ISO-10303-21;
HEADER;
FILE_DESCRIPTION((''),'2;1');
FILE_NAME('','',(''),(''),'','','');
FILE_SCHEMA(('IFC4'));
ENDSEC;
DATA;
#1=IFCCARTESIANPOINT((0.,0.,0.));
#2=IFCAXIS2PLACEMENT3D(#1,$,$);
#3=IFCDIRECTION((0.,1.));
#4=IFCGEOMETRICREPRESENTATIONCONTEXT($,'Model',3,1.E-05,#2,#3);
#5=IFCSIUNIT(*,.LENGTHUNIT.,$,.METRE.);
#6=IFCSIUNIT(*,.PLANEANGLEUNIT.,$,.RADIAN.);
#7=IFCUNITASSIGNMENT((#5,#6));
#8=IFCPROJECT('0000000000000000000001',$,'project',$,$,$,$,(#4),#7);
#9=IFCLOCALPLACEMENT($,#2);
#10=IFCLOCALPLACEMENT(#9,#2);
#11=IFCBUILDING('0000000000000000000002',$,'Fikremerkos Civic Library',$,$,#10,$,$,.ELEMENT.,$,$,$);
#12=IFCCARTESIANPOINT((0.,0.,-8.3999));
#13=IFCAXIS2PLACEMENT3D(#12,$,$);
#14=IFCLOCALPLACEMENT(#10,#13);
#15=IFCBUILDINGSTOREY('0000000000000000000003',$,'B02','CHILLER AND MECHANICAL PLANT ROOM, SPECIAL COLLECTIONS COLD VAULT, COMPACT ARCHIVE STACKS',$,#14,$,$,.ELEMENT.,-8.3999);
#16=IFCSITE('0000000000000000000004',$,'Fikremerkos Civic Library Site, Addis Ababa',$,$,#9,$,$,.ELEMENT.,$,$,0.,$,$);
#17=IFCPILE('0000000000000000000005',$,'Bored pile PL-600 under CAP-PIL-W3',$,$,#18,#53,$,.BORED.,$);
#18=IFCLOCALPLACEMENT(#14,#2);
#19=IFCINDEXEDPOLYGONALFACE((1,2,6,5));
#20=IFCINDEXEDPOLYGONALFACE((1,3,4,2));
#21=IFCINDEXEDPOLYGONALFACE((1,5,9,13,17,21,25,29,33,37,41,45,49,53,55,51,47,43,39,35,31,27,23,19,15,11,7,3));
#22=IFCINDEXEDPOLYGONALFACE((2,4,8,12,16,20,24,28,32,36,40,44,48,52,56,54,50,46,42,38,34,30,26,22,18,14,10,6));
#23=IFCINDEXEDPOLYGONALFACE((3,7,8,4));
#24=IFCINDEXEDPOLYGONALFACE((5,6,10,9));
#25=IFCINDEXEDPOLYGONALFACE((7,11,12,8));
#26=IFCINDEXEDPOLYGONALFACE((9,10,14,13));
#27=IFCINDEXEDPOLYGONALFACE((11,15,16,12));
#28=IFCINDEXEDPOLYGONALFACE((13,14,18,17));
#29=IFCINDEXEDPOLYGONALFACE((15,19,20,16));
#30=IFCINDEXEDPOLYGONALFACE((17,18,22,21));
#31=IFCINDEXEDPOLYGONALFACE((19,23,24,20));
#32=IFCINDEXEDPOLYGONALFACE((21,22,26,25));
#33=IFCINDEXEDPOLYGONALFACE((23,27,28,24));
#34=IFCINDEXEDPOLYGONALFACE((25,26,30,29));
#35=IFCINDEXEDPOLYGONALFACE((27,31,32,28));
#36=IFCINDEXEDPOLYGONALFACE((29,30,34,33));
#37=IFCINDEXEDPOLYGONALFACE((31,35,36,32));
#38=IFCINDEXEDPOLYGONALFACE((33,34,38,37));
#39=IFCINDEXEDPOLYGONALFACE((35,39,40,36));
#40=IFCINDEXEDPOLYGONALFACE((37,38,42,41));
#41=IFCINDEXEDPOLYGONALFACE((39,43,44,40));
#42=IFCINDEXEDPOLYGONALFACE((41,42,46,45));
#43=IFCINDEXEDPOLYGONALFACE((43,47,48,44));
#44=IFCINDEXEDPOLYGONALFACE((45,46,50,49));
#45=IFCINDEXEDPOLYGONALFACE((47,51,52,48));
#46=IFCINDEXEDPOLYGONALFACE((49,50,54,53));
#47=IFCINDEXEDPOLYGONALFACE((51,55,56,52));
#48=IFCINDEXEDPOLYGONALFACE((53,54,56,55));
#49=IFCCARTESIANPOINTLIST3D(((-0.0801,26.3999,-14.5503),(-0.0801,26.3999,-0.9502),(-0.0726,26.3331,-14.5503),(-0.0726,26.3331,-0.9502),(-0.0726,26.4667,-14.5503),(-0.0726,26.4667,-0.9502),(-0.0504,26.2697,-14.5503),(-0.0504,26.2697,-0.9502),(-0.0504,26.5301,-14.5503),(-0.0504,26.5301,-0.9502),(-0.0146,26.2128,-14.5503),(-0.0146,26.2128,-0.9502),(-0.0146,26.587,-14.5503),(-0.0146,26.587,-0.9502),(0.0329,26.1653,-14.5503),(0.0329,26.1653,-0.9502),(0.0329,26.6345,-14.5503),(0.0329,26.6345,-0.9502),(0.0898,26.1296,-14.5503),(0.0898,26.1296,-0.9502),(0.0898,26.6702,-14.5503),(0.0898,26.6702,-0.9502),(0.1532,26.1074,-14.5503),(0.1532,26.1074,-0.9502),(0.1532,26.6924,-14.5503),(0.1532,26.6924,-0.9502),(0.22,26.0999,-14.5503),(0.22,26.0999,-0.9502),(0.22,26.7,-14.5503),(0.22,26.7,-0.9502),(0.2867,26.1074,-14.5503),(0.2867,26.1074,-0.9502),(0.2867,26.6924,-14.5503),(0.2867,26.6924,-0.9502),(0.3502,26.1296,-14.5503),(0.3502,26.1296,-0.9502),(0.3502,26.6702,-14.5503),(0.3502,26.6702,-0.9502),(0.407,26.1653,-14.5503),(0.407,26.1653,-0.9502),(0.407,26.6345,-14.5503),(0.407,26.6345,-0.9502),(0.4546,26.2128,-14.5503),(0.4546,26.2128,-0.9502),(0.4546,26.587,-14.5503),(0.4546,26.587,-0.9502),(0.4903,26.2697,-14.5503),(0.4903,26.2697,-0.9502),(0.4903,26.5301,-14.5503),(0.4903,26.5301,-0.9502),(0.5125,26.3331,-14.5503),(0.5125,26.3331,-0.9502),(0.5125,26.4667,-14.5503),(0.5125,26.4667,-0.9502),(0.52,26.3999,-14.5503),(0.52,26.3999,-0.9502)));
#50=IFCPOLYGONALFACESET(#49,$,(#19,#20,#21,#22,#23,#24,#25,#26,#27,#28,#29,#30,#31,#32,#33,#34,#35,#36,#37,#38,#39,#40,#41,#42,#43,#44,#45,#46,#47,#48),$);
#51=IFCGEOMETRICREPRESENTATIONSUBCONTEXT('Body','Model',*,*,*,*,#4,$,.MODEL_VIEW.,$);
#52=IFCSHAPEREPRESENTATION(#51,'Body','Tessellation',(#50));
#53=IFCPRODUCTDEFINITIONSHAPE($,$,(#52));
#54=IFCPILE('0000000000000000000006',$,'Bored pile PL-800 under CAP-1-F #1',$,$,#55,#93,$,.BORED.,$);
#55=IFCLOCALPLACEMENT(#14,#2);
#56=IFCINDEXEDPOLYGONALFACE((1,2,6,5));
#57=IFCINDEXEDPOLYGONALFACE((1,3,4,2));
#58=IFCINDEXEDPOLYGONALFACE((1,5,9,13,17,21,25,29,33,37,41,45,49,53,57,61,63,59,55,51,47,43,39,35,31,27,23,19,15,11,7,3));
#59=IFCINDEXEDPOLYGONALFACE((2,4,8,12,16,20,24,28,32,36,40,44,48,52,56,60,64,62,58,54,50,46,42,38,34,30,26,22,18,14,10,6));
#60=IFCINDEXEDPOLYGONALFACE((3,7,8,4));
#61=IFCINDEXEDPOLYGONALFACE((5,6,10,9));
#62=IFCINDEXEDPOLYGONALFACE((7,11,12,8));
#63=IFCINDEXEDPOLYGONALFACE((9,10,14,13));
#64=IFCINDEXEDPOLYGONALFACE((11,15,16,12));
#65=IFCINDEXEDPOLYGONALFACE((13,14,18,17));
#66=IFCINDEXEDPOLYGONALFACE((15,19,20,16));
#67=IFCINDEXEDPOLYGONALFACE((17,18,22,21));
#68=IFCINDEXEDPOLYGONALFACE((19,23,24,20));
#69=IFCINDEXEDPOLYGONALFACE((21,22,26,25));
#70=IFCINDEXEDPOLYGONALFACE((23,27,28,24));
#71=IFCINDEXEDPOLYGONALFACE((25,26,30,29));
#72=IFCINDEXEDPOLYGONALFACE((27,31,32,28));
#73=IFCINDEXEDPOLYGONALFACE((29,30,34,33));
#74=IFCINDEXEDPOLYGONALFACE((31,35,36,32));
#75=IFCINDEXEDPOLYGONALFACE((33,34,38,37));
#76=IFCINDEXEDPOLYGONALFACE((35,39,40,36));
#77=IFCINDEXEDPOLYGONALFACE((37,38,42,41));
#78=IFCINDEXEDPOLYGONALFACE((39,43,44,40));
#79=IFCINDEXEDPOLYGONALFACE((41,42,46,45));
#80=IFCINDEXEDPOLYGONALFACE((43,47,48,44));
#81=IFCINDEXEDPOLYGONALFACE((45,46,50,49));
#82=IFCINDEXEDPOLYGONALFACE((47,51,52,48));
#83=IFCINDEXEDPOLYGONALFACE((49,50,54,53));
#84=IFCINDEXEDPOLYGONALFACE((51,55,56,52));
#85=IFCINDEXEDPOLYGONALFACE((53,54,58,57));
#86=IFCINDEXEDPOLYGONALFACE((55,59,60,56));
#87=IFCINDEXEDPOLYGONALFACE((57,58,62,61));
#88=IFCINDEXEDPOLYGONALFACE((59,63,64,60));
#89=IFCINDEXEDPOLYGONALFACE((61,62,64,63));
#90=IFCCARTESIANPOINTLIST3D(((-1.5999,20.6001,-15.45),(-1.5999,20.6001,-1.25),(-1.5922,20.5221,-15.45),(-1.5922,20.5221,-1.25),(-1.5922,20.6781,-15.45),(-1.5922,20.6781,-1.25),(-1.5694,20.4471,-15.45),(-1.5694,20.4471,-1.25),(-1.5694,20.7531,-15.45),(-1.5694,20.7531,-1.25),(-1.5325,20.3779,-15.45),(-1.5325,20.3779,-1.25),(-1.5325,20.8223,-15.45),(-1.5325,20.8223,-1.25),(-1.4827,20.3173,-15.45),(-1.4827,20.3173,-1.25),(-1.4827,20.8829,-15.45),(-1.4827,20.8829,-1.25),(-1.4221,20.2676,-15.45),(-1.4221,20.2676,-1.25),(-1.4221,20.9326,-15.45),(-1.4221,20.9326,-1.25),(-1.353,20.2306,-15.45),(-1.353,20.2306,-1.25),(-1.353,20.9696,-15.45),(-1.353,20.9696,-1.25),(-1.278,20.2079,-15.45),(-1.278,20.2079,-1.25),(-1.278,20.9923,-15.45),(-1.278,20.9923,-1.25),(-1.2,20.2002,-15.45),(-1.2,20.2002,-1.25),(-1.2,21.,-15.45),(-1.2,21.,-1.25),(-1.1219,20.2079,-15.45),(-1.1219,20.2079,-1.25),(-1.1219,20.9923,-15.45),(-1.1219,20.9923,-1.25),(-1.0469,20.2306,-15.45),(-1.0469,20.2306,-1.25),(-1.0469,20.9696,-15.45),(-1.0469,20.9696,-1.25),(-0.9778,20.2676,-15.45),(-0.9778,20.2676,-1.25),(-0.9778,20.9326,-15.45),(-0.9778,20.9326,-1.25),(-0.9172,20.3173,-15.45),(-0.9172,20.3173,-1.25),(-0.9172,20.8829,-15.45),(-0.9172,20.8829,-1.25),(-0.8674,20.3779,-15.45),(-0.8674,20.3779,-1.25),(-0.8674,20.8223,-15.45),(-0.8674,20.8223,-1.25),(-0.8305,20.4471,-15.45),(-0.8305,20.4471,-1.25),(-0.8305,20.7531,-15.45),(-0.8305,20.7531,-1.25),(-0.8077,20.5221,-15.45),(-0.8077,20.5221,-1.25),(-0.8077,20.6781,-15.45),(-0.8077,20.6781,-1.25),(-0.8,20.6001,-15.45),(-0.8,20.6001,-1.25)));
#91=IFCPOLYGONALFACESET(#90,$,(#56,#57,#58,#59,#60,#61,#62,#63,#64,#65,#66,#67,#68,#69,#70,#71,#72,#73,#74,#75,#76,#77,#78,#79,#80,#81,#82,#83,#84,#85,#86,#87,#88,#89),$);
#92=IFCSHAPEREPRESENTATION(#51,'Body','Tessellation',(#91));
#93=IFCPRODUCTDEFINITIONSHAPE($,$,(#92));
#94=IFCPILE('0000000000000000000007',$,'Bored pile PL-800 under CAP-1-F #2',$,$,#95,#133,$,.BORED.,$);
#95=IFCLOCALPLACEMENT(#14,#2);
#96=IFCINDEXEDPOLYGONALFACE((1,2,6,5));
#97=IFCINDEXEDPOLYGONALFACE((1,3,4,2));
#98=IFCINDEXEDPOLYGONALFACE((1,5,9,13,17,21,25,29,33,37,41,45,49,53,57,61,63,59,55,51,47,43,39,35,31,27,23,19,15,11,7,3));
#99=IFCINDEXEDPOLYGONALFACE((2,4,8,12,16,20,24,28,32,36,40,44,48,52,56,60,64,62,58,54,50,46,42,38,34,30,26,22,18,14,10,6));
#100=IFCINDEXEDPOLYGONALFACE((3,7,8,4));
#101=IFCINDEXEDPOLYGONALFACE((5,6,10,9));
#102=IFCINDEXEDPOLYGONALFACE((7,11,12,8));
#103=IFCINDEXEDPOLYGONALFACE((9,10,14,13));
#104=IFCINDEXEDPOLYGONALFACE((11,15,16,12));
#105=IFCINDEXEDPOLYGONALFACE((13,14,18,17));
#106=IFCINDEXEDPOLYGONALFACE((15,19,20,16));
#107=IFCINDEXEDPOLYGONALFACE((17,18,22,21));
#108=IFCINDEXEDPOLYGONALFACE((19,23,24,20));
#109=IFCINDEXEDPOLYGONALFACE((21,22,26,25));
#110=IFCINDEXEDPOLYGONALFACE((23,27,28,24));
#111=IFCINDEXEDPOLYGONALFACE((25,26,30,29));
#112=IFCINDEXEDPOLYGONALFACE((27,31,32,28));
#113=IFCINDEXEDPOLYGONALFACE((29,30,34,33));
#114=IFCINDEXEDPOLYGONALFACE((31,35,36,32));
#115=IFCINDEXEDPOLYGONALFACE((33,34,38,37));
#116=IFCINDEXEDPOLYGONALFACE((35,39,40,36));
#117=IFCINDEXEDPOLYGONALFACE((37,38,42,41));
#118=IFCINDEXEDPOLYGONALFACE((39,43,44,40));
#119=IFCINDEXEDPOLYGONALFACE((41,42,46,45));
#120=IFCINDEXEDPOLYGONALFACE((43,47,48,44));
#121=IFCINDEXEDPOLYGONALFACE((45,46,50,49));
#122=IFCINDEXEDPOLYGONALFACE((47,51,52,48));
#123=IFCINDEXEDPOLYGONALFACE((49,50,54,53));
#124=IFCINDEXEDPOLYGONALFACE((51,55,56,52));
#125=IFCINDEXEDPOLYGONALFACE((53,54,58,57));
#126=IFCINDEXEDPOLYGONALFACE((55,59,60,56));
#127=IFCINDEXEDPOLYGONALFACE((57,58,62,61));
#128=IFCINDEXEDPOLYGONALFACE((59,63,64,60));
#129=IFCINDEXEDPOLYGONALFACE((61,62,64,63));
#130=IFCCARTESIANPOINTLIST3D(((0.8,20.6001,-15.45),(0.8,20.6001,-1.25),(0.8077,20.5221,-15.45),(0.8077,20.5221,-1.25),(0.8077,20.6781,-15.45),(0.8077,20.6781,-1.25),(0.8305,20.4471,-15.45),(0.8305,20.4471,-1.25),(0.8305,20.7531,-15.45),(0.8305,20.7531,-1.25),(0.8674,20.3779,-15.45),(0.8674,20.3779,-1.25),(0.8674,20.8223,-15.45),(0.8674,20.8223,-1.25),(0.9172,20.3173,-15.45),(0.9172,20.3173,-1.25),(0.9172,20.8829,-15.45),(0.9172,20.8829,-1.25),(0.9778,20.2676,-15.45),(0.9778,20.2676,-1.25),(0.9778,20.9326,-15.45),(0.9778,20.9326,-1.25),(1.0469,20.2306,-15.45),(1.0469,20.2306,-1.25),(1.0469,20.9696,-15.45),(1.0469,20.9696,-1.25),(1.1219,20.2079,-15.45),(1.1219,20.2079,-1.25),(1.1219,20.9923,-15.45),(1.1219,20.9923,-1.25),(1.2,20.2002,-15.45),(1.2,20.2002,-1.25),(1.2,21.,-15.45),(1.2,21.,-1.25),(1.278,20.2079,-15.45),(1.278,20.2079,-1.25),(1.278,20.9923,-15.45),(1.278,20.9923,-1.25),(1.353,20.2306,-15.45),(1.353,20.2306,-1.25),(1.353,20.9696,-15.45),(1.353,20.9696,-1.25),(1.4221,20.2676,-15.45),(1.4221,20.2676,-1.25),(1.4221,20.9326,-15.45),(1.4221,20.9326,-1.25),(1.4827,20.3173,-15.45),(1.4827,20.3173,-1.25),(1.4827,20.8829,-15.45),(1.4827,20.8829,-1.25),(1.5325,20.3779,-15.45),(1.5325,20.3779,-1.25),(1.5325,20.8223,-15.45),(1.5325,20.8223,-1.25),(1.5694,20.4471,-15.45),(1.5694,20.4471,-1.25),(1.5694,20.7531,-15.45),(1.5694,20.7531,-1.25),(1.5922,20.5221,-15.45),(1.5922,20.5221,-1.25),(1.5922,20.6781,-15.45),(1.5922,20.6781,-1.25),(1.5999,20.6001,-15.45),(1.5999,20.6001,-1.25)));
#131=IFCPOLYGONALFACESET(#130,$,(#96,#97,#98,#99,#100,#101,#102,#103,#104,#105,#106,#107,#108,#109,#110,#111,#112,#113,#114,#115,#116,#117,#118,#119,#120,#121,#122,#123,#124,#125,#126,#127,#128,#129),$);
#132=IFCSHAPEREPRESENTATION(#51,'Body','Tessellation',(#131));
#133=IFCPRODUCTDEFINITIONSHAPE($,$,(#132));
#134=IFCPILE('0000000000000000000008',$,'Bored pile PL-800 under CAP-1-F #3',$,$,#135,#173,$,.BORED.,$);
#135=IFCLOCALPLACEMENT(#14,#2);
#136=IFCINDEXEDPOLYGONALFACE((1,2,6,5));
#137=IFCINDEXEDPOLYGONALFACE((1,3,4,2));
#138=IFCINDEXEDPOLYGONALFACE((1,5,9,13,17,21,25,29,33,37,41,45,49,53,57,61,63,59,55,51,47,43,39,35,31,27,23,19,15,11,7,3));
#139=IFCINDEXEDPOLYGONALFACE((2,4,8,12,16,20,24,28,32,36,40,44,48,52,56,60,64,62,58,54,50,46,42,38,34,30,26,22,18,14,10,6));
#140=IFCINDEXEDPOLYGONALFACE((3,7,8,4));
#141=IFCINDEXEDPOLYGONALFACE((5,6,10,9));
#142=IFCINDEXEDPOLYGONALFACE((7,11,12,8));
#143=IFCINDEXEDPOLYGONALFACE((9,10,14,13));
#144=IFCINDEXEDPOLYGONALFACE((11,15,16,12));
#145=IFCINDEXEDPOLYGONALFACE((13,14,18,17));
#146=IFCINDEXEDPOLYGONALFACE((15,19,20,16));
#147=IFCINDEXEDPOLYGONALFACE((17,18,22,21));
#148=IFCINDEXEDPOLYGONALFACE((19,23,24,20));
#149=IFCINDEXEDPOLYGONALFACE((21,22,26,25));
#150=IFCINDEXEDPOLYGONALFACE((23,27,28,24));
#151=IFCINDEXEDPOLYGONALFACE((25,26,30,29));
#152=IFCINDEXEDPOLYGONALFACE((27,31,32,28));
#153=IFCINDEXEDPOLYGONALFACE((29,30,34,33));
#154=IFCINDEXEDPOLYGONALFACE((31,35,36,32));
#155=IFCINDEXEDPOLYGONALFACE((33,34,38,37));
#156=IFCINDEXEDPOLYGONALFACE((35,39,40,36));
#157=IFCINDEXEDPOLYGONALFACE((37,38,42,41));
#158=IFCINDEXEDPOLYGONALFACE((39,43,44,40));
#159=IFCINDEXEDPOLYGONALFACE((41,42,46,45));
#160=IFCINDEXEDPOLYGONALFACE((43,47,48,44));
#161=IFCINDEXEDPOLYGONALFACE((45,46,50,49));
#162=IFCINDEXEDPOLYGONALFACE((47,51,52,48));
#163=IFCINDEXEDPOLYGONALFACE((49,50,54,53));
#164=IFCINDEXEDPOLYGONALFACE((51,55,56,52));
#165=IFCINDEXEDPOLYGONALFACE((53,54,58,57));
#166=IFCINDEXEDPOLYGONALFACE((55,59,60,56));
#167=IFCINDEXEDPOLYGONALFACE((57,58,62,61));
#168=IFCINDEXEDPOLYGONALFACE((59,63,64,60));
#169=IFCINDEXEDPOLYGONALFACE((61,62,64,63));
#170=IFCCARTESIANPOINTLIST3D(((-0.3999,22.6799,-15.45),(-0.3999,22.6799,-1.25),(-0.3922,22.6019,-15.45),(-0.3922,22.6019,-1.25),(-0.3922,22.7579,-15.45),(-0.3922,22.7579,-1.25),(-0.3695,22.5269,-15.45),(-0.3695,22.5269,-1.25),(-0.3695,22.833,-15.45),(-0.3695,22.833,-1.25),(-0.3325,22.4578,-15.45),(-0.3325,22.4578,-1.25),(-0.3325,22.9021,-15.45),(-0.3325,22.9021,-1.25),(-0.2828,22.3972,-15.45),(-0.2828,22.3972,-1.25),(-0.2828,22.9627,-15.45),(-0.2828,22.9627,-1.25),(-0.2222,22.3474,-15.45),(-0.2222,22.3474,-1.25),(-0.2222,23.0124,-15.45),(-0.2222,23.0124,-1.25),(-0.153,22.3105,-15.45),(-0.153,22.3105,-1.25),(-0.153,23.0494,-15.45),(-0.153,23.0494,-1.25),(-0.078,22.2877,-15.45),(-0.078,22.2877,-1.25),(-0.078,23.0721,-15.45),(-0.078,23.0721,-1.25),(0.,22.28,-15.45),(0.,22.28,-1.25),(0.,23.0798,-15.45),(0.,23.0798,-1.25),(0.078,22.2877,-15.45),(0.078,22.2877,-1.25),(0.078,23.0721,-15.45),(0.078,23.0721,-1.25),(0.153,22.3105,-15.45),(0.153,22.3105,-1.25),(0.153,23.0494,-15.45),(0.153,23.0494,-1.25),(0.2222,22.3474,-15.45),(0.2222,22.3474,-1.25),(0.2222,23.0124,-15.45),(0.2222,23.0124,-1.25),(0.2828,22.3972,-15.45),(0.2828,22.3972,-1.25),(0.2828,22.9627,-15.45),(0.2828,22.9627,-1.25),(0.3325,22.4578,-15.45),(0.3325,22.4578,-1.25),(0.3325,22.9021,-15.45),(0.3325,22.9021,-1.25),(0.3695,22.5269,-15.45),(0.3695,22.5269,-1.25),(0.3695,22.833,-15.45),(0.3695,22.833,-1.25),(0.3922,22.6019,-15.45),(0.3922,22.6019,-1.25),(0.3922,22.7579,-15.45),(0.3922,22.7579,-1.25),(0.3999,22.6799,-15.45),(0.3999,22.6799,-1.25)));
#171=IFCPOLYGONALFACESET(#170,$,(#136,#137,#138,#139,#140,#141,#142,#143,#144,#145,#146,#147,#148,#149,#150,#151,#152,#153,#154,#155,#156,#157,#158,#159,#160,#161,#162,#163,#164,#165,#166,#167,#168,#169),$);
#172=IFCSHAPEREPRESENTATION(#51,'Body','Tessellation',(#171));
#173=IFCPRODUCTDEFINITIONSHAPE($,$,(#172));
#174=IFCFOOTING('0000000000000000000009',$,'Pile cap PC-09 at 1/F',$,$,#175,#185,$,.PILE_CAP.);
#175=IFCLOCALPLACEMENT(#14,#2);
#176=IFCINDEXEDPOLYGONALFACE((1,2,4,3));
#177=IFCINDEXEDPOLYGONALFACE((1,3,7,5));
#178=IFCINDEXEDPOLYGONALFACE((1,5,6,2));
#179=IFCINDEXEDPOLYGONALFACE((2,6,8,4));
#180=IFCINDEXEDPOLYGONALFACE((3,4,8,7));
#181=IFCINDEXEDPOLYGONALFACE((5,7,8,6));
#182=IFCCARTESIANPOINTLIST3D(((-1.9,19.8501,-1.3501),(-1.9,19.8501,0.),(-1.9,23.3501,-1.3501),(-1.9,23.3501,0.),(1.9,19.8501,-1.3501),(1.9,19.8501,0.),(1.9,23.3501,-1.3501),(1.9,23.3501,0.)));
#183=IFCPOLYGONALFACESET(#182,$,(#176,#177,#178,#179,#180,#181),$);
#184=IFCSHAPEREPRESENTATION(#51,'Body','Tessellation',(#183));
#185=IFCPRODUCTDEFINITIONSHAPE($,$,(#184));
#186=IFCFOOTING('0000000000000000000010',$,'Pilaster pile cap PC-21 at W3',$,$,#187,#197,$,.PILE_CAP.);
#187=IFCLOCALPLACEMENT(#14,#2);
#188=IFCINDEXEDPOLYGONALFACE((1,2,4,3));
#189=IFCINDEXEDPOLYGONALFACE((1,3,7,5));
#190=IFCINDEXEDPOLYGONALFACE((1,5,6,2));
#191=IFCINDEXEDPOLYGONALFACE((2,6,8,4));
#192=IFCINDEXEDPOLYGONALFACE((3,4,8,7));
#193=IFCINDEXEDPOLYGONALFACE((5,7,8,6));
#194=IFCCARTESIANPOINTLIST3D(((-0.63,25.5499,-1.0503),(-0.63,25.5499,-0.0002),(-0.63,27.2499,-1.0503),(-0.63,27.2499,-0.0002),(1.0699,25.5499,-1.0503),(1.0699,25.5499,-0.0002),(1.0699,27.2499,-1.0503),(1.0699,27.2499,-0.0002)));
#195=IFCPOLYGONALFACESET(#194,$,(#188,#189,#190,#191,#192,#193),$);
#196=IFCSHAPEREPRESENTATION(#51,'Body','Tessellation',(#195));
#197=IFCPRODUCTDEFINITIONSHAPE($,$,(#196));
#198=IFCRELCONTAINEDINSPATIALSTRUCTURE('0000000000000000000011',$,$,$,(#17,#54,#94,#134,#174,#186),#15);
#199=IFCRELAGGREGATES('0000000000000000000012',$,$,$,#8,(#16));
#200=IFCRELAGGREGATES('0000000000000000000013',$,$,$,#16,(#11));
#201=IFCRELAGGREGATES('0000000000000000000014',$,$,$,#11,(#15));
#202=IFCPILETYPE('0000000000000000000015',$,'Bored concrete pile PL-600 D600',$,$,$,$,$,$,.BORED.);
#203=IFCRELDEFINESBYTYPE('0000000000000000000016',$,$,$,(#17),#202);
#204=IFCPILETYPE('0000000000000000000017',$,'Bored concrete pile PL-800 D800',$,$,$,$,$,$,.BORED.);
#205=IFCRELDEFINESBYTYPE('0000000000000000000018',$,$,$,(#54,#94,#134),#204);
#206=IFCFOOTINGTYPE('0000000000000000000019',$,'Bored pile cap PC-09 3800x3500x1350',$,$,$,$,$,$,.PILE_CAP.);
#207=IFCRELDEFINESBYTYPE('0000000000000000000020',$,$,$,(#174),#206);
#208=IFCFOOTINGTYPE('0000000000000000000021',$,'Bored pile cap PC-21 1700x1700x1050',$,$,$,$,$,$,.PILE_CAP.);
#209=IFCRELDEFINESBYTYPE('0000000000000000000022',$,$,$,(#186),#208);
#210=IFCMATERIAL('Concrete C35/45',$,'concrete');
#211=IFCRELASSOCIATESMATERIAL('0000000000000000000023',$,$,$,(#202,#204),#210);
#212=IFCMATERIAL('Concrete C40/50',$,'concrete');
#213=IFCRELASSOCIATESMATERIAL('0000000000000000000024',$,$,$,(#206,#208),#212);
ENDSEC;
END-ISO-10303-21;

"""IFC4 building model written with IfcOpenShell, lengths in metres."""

from ifc_helpers import new_model, si_unit, direction, frame, origin, origin_2d, place, context, subcontext, project, spatial, rectangle, circle, extrude, material, material_profile, profile_set, type_object, element, save


model = new_model("IFC4")

# Units and contexts
model_context = context("Model", 3, precision=1e-05, world=origin(), true_north=direction((0.0, 1.0)))
body_context = subcontext(model_context, "Body", "Model", "MODEL_VIEW")
ifc_project = project(units=[si_unit("LENGTHUNIT", "METRE"), si_unit("PLANEANGLEUNIT", "RADIAN")], contexts=[model_context])

# Site, building, storey
site_placement = place(None, origin())
site = spatial("IfcSite", under=ifc_project, at=site_placement, Name="Fikremerkos Civic Library Site, Addis Ababa", CompositionType="ELEMENT", RefElevation=0.0)
building_placement = place(site_placement, origin())
building = spatial("IfcBuilding", under=site, at=building_placement, Name="Fikremerkos Civic Library", CompositionType="ELEMENT")
storey_placement = place(building_placement, frame((0.0, 0.0, -8.3999)))
storey = spatial("IfcBuildingStorey", under=building, at=storey_placement, Name="B02", Description="CHILLER AND MECHANICAL PLANT ROOM, SPECIAL COLLECTIONS COLD VAULT, COMPACT ARCHIVE STACKS", CompositionType="ELEMENT", Elevation=-8.3999)

# Piles
ifc_material_1 = material(Name="Concrete C35/45", Category="concrete")
ifc_material_profile_1 = material_profile(ifc_material_1, circle(Radius=0.3, at=origin_2d()), Name="BORED PILE 600")
ifc_profile_set_1 = profile_set([ifc_material_profile_1], Name="Concrete C35/45")
pile_type_1 = type_object("IfcPileType", Name="Bored concrete pile PL-600 D600", PredefinedType="BORED", material=ifc_profile_set_1)
pile_placement = place(storey_placement, frame((0.22, 26.3999, -0.9502), z_axis=(0.0, 0.0, -1.0), x_axis=(1.0, 0.0, 0.0)))
element("IfcPile", 1, at=pile_placement, inside=storey, type_object=pile_type_1, Name="Bored pile PL-600 under CAP-PIL-W3", PredefinedType="BORED", context=body_context, shape_type="SweptSolid", body=[
    extrude(circle(Radius=0.3, at=origin_2d()), origin(), (0.0, 0.0, 1.0), 13.6001),
])
ifc_material_profile_2 = material_profile(ifc_material_1, circle(Radius=0.3999, at=origin_2d()), Name="BORED PILE 800")
ifc_profile_set_2 = profile_set([ifc_material_profile_2], Name="Concrete C35/45")
pile_type_2 = type_object("IfcPileType", Name="Bored concrete pile PL-800 D800", PredefinedType="BORED", material=ifc_profile_set_2)
for number, where, z_axis, x_axis, name in (
    (2, (-1.2, 20.6001, -1.25), (0.0, 0.0, -1.0), (1.0, 0.0, 0.0), "Bored pile PL-800 under CAP-1-F #1"),
    (3, (1.2, 20.6001, -1.25), (0.0, 0.0, -1.0), (1.0, 0.0, 0.0), "Bored pile PL-800 under CAP-1-F #2"),
    (4, (0.0, 22.6799, -1.25), (0.0, 0.0, -1.0), (1.0, 0.0, 0.0), "Bored pile PL-800 under CAP-1-F #3"),
):
    element("IfcPile", number, at=place(storey_placement, frame(where, z_axis=z_axis, x_axis=x_axis)), inside=storey, type_object=pile_type_2, Name=name, PredefinedType="BORED", context=body_context, shape_type="SweptSolid", body=[
        extrude(circle(Radius=0.3999, at=origin_2d()), origin(), (0.0, 0.0, 1.0), 14.2),
    ])

# Footings
ifc_material_2 = material(Name="Concrete C40/50", Category="concrete")
footing_type_1 = type_object("IfcFootingType", Name="Bored pile cap PC-09 3800x3500x1350", PredefinedType="PILE_CAP", material=ifc_material_2)
footing_1_placement = place(storey_placement, frame((0.0, 21.6001, -1.3501), z_axis=(0.0, 0.0, 1.0), x_axis=(1.0, 0.0, 0.0)))
element("IfcFooting", 5, at=footing_1_placement, inside=storey, type_object=footing_type_1, Name="Pile cap PC-09 at 1/F", PredefinedType="PILE_CAP", context=body_context, shape_type="SweptSolid", body=[
    extrude(rectangle(XDim=3.8, YDim=3.5, at=origin_2d()), origin(), (0.0, 0.0, 1.0), 1.3501),
])
footing_type_2 = type_object("IfcFootingType", Name="Bored pile cap PC-21 1700x1700x1050", PredefinedType="PILE_CAP", material=ifc_material_2)
footing_2_placement = place(storey_placement, frame((0.22, 26.3999, -1.0503), z_axis=(0.0, 0.0, 1.0), x_axis=(1.0, 0.0, 0.0)))
element("IfcFooting", 6, at=footing_2_placement, inside=storey, type_object=footing_type_2, Name="Pilaster pile cap PC-21 at W3", PredefinedType="PILE_CAP", context=body_context, shape_type="SweptSolid", body=[
    extrude(rectangle(XDim=1.7, YDim=1.7, at=origin_2d()), origin(), (0.0, 0.0, 1.0), 1.05),
])

save(model, "model.ifc")
